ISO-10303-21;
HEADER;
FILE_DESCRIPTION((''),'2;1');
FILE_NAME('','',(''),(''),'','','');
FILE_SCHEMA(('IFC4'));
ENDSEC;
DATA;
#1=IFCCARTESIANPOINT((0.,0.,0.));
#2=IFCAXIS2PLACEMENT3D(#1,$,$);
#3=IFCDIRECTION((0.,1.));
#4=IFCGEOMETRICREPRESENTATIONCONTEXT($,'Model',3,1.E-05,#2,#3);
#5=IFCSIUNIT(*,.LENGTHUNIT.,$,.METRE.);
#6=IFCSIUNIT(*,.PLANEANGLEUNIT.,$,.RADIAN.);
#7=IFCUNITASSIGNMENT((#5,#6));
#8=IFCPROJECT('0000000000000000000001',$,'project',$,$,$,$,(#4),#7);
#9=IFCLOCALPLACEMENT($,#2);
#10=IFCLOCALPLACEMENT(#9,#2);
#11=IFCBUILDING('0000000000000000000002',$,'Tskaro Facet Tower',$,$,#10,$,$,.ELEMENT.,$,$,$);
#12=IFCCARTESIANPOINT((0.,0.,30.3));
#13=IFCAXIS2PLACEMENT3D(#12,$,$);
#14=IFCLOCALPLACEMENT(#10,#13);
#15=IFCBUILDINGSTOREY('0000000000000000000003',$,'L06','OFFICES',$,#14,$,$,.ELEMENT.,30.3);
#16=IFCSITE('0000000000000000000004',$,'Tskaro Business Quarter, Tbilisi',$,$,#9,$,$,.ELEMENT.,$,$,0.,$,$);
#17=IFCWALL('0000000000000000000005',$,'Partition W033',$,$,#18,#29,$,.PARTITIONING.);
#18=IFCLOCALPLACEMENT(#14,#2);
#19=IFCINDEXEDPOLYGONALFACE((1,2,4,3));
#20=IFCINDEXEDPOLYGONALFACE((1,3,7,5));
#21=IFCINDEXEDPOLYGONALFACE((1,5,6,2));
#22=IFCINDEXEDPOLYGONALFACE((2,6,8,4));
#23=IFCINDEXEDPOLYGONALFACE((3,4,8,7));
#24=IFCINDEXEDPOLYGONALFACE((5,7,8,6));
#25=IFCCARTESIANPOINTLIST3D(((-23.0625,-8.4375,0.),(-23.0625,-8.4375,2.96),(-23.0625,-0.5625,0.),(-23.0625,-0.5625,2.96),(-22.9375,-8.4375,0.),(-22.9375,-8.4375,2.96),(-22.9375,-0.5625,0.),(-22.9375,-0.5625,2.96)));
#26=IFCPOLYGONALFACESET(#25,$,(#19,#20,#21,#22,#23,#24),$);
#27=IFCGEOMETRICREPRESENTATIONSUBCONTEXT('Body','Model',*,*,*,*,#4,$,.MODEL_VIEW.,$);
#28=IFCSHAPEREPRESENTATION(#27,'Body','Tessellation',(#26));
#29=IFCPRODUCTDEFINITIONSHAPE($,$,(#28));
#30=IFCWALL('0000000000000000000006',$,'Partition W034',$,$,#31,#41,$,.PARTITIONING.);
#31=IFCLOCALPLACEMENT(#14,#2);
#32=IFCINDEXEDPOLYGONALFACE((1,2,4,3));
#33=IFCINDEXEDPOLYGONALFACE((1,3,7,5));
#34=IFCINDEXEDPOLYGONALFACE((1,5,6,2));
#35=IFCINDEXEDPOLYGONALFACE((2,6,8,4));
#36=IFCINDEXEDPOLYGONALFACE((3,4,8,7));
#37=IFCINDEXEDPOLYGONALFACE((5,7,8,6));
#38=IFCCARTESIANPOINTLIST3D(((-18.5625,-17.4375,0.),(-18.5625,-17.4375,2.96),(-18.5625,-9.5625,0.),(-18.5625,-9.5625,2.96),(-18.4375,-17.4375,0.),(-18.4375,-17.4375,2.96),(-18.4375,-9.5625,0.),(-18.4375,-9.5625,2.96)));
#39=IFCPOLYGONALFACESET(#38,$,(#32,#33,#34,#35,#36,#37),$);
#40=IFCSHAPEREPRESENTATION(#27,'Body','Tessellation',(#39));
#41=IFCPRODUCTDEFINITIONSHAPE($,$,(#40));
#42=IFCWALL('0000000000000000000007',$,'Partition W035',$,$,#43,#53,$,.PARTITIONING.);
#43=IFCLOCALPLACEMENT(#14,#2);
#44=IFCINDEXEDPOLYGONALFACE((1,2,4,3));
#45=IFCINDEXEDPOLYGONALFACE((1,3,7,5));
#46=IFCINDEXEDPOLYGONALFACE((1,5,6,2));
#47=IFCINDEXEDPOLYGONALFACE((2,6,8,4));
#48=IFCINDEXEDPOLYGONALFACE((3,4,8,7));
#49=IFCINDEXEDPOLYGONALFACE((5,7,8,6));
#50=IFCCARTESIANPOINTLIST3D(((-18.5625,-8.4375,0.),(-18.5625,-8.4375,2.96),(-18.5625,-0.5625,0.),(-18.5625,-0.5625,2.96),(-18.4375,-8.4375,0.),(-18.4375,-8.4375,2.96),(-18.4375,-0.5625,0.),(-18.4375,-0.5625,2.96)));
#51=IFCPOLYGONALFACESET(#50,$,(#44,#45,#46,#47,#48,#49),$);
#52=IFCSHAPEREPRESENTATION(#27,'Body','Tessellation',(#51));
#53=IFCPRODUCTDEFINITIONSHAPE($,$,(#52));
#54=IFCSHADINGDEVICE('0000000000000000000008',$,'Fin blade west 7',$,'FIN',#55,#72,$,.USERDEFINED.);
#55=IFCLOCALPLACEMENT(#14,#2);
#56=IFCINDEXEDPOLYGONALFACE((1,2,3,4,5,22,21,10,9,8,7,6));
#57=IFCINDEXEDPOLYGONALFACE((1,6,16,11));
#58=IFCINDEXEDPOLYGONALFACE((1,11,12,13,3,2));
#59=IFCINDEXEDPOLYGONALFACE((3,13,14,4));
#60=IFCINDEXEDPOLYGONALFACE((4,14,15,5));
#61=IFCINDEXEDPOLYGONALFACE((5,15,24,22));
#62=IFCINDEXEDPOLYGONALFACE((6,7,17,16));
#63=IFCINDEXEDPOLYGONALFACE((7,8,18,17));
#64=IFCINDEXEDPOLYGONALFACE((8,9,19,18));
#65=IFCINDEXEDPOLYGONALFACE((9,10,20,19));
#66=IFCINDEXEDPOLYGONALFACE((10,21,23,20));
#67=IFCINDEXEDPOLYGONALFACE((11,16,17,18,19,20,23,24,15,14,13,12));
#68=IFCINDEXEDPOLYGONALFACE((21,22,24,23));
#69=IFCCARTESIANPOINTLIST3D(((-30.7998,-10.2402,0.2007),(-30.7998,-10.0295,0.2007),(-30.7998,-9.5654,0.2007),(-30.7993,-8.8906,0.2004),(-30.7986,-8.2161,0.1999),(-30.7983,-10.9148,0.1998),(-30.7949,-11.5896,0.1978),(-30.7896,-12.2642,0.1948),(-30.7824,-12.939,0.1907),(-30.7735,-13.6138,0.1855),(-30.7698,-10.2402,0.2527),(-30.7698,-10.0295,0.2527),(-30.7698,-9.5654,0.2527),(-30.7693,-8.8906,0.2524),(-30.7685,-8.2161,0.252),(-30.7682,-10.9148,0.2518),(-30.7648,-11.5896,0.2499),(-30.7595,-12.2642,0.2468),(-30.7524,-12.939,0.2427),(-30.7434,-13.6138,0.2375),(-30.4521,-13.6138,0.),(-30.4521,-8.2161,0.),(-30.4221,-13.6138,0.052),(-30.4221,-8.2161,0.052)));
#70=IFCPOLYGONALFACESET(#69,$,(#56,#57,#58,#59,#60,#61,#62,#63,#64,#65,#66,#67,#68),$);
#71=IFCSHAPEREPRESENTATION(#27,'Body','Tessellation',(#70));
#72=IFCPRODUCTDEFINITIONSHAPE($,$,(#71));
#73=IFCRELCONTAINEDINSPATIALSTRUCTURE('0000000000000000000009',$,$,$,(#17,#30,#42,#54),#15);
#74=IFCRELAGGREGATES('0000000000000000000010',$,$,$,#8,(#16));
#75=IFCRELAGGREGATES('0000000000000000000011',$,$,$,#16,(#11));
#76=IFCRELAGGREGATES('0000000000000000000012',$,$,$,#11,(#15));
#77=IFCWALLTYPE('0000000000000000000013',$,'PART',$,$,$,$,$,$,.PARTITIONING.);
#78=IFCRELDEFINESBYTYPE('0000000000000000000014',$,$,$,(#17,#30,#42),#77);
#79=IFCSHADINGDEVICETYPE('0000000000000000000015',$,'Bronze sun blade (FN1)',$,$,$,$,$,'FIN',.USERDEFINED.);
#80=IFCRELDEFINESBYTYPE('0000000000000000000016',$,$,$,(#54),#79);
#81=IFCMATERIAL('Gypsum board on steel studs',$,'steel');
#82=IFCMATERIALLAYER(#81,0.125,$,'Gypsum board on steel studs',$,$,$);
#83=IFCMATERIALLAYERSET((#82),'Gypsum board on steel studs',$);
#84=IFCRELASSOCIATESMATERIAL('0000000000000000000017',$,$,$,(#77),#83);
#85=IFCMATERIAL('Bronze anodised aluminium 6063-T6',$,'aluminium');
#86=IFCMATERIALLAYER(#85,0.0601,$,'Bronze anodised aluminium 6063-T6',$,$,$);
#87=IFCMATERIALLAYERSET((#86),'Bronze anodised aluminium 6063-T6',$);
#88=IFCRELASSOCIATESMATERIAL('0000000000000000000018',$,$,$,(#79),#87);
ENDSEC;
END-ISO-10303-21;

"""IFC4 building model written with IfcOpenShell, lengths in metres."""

from ifc_helpers import new_model, si_unit, direction, frame, frame_2d, origin, place, context, subcontext, project, spatial, polyline, rectangle, outline, extrude, material, layer, layer_set, type_object, element, save


model = new_model("IFC4")

# Units and contexts
model_context = context("Model", 3, precision=1e-05, world=origin(), true_north=direction((0.0, 1.0)))
body_context = subcontext(model_context, "Body", "Model", "MODEL_VIEW")
ifc_project = project(units=[si_unit("LENGTHUNIT", "METRE"), si_unit("PLANEANGLEUNIT", "RADIAN")], contexts=[model_context])

# Site, building, storey
site_placement = place(None, origin())
site = spatial("IfcSite", under=ifc_project, at=site_placement, Name="Tskaro Business Quarter, Tbilisi", CompositionType="ELEMENT", RefElevation=0.0)
building_placement = place(site_placement, origin())
building = spatial("IfcBuilding", under=site, at=building_placement, Name="Tskaro Facet Tower", CompositionType="ELEMENT")
storey_placement = place(building_placement, frame((0.0, 0.0, 30.3)))
storey = spatial("IfcBuildingStorey", under=building, at=storey_placement, Name="L06", Description="OFFICES", CompositionType="ELEMENT", Elevation=30.3)

# Shared definitions
ifc_material_1 = material(Name="Bronze anodised aluminium 6063-T6", Category="aluminium")

# Shared definitions
ifc_material_2 = material(Name="Gypsum board on steel studs", Category="steel")
ifc_layer_1 = layer(ifc_material_2, 0.125, Name="Gypsum board on steel studs")
ifc_layer_set_1 = layer_set([ifc_layer_1], Name="Gypsum board on steel studs")
wall_type = type_object("IfcWallType", Name="PART", PredefinedType="PARTITIONING", material=ifc_layer_set_1)

# Walls
for number, where, z_axis, x_axis, name in (
    (1, (-23.0, -8.4375, 0.0), (0.0, 0.0, 1.0), (0.0, 1.0, 0.0), "Partition W033"),
    (2, (-18.5, -17.4375, 0.0), (0.0, 0.0, 1.0), (0.0, 1.0, 0.0), "Partition W034"),
    (3, (-18.5, -8.4375, 0.0), (0.0, 0.0, 1.0), (0.0, 1.0, 0.0), "Partition W035"),
):
    element("IfcWall", number, at=place(storey_placement, frame(where, z_axis=z_axis, x_axis=x_axis)), inside=storey, type_object=wall_type, Name=name, PredefinedType="PARTITIONING", context=body_context, shape_type="SweptSolid", body=[
        extrude(rectangle(XDim=7.875, YDim=0.125, at=frame_2d((3.9375, 0.0))), origin(), (0.0, 0.0, 1.0), 2.96),
    ])

# Shading device
ifc_layer_2 = layer(ifc_material_1, 0.0601, Name="Bronze anodised aluminium 6063-T6")
ifc_layer_set_2 = layer_set([ifc_layer_2], Name="Bronze anodised aluminium 6063-T6")
shading_device_type = type_object("IfcShadingDeviceType", Name="Bronze sun blade (FN1)", ElementType="FIN", PredefinedType="USERDEFINED", material=ifc_layer_set_2)
shading_device_1_placement = place(storey_placement, frame((-30.4221, -8.2161, 0.052), z_axis=(0.499904, 0.000009, 0.866081), x_axis=(0.000004, -1.0, 0.000007)))
element("IfcShadingDevice", 4, at=shading_device_1_placement, inside=storey, type_object=shading_device_type, Name="Fin blade west 7", ObjectType="FIN", PredefinedType="USERDEFINED", context=body_context, shape_type="SweptSolid", body=[
    extrude(outline(polyline([(0.0, 0.0), (5.3977, 0.0), (5.3977, -0.371), (4.7229, -0.3814), (4.0481, -0.3896), (3.3735, -0.3957), (2.6987, -0.3997), (2.0242, -0.4014), (1.8135, -0.4014), (1.3494, -0.4014), (0.6746, -0.4009), (0.0, -0.4), (0.0, 0.0)])), origin(), (0.0, 0.0, -1.0), 0.0601),
])

save(model, "model.ifc")
